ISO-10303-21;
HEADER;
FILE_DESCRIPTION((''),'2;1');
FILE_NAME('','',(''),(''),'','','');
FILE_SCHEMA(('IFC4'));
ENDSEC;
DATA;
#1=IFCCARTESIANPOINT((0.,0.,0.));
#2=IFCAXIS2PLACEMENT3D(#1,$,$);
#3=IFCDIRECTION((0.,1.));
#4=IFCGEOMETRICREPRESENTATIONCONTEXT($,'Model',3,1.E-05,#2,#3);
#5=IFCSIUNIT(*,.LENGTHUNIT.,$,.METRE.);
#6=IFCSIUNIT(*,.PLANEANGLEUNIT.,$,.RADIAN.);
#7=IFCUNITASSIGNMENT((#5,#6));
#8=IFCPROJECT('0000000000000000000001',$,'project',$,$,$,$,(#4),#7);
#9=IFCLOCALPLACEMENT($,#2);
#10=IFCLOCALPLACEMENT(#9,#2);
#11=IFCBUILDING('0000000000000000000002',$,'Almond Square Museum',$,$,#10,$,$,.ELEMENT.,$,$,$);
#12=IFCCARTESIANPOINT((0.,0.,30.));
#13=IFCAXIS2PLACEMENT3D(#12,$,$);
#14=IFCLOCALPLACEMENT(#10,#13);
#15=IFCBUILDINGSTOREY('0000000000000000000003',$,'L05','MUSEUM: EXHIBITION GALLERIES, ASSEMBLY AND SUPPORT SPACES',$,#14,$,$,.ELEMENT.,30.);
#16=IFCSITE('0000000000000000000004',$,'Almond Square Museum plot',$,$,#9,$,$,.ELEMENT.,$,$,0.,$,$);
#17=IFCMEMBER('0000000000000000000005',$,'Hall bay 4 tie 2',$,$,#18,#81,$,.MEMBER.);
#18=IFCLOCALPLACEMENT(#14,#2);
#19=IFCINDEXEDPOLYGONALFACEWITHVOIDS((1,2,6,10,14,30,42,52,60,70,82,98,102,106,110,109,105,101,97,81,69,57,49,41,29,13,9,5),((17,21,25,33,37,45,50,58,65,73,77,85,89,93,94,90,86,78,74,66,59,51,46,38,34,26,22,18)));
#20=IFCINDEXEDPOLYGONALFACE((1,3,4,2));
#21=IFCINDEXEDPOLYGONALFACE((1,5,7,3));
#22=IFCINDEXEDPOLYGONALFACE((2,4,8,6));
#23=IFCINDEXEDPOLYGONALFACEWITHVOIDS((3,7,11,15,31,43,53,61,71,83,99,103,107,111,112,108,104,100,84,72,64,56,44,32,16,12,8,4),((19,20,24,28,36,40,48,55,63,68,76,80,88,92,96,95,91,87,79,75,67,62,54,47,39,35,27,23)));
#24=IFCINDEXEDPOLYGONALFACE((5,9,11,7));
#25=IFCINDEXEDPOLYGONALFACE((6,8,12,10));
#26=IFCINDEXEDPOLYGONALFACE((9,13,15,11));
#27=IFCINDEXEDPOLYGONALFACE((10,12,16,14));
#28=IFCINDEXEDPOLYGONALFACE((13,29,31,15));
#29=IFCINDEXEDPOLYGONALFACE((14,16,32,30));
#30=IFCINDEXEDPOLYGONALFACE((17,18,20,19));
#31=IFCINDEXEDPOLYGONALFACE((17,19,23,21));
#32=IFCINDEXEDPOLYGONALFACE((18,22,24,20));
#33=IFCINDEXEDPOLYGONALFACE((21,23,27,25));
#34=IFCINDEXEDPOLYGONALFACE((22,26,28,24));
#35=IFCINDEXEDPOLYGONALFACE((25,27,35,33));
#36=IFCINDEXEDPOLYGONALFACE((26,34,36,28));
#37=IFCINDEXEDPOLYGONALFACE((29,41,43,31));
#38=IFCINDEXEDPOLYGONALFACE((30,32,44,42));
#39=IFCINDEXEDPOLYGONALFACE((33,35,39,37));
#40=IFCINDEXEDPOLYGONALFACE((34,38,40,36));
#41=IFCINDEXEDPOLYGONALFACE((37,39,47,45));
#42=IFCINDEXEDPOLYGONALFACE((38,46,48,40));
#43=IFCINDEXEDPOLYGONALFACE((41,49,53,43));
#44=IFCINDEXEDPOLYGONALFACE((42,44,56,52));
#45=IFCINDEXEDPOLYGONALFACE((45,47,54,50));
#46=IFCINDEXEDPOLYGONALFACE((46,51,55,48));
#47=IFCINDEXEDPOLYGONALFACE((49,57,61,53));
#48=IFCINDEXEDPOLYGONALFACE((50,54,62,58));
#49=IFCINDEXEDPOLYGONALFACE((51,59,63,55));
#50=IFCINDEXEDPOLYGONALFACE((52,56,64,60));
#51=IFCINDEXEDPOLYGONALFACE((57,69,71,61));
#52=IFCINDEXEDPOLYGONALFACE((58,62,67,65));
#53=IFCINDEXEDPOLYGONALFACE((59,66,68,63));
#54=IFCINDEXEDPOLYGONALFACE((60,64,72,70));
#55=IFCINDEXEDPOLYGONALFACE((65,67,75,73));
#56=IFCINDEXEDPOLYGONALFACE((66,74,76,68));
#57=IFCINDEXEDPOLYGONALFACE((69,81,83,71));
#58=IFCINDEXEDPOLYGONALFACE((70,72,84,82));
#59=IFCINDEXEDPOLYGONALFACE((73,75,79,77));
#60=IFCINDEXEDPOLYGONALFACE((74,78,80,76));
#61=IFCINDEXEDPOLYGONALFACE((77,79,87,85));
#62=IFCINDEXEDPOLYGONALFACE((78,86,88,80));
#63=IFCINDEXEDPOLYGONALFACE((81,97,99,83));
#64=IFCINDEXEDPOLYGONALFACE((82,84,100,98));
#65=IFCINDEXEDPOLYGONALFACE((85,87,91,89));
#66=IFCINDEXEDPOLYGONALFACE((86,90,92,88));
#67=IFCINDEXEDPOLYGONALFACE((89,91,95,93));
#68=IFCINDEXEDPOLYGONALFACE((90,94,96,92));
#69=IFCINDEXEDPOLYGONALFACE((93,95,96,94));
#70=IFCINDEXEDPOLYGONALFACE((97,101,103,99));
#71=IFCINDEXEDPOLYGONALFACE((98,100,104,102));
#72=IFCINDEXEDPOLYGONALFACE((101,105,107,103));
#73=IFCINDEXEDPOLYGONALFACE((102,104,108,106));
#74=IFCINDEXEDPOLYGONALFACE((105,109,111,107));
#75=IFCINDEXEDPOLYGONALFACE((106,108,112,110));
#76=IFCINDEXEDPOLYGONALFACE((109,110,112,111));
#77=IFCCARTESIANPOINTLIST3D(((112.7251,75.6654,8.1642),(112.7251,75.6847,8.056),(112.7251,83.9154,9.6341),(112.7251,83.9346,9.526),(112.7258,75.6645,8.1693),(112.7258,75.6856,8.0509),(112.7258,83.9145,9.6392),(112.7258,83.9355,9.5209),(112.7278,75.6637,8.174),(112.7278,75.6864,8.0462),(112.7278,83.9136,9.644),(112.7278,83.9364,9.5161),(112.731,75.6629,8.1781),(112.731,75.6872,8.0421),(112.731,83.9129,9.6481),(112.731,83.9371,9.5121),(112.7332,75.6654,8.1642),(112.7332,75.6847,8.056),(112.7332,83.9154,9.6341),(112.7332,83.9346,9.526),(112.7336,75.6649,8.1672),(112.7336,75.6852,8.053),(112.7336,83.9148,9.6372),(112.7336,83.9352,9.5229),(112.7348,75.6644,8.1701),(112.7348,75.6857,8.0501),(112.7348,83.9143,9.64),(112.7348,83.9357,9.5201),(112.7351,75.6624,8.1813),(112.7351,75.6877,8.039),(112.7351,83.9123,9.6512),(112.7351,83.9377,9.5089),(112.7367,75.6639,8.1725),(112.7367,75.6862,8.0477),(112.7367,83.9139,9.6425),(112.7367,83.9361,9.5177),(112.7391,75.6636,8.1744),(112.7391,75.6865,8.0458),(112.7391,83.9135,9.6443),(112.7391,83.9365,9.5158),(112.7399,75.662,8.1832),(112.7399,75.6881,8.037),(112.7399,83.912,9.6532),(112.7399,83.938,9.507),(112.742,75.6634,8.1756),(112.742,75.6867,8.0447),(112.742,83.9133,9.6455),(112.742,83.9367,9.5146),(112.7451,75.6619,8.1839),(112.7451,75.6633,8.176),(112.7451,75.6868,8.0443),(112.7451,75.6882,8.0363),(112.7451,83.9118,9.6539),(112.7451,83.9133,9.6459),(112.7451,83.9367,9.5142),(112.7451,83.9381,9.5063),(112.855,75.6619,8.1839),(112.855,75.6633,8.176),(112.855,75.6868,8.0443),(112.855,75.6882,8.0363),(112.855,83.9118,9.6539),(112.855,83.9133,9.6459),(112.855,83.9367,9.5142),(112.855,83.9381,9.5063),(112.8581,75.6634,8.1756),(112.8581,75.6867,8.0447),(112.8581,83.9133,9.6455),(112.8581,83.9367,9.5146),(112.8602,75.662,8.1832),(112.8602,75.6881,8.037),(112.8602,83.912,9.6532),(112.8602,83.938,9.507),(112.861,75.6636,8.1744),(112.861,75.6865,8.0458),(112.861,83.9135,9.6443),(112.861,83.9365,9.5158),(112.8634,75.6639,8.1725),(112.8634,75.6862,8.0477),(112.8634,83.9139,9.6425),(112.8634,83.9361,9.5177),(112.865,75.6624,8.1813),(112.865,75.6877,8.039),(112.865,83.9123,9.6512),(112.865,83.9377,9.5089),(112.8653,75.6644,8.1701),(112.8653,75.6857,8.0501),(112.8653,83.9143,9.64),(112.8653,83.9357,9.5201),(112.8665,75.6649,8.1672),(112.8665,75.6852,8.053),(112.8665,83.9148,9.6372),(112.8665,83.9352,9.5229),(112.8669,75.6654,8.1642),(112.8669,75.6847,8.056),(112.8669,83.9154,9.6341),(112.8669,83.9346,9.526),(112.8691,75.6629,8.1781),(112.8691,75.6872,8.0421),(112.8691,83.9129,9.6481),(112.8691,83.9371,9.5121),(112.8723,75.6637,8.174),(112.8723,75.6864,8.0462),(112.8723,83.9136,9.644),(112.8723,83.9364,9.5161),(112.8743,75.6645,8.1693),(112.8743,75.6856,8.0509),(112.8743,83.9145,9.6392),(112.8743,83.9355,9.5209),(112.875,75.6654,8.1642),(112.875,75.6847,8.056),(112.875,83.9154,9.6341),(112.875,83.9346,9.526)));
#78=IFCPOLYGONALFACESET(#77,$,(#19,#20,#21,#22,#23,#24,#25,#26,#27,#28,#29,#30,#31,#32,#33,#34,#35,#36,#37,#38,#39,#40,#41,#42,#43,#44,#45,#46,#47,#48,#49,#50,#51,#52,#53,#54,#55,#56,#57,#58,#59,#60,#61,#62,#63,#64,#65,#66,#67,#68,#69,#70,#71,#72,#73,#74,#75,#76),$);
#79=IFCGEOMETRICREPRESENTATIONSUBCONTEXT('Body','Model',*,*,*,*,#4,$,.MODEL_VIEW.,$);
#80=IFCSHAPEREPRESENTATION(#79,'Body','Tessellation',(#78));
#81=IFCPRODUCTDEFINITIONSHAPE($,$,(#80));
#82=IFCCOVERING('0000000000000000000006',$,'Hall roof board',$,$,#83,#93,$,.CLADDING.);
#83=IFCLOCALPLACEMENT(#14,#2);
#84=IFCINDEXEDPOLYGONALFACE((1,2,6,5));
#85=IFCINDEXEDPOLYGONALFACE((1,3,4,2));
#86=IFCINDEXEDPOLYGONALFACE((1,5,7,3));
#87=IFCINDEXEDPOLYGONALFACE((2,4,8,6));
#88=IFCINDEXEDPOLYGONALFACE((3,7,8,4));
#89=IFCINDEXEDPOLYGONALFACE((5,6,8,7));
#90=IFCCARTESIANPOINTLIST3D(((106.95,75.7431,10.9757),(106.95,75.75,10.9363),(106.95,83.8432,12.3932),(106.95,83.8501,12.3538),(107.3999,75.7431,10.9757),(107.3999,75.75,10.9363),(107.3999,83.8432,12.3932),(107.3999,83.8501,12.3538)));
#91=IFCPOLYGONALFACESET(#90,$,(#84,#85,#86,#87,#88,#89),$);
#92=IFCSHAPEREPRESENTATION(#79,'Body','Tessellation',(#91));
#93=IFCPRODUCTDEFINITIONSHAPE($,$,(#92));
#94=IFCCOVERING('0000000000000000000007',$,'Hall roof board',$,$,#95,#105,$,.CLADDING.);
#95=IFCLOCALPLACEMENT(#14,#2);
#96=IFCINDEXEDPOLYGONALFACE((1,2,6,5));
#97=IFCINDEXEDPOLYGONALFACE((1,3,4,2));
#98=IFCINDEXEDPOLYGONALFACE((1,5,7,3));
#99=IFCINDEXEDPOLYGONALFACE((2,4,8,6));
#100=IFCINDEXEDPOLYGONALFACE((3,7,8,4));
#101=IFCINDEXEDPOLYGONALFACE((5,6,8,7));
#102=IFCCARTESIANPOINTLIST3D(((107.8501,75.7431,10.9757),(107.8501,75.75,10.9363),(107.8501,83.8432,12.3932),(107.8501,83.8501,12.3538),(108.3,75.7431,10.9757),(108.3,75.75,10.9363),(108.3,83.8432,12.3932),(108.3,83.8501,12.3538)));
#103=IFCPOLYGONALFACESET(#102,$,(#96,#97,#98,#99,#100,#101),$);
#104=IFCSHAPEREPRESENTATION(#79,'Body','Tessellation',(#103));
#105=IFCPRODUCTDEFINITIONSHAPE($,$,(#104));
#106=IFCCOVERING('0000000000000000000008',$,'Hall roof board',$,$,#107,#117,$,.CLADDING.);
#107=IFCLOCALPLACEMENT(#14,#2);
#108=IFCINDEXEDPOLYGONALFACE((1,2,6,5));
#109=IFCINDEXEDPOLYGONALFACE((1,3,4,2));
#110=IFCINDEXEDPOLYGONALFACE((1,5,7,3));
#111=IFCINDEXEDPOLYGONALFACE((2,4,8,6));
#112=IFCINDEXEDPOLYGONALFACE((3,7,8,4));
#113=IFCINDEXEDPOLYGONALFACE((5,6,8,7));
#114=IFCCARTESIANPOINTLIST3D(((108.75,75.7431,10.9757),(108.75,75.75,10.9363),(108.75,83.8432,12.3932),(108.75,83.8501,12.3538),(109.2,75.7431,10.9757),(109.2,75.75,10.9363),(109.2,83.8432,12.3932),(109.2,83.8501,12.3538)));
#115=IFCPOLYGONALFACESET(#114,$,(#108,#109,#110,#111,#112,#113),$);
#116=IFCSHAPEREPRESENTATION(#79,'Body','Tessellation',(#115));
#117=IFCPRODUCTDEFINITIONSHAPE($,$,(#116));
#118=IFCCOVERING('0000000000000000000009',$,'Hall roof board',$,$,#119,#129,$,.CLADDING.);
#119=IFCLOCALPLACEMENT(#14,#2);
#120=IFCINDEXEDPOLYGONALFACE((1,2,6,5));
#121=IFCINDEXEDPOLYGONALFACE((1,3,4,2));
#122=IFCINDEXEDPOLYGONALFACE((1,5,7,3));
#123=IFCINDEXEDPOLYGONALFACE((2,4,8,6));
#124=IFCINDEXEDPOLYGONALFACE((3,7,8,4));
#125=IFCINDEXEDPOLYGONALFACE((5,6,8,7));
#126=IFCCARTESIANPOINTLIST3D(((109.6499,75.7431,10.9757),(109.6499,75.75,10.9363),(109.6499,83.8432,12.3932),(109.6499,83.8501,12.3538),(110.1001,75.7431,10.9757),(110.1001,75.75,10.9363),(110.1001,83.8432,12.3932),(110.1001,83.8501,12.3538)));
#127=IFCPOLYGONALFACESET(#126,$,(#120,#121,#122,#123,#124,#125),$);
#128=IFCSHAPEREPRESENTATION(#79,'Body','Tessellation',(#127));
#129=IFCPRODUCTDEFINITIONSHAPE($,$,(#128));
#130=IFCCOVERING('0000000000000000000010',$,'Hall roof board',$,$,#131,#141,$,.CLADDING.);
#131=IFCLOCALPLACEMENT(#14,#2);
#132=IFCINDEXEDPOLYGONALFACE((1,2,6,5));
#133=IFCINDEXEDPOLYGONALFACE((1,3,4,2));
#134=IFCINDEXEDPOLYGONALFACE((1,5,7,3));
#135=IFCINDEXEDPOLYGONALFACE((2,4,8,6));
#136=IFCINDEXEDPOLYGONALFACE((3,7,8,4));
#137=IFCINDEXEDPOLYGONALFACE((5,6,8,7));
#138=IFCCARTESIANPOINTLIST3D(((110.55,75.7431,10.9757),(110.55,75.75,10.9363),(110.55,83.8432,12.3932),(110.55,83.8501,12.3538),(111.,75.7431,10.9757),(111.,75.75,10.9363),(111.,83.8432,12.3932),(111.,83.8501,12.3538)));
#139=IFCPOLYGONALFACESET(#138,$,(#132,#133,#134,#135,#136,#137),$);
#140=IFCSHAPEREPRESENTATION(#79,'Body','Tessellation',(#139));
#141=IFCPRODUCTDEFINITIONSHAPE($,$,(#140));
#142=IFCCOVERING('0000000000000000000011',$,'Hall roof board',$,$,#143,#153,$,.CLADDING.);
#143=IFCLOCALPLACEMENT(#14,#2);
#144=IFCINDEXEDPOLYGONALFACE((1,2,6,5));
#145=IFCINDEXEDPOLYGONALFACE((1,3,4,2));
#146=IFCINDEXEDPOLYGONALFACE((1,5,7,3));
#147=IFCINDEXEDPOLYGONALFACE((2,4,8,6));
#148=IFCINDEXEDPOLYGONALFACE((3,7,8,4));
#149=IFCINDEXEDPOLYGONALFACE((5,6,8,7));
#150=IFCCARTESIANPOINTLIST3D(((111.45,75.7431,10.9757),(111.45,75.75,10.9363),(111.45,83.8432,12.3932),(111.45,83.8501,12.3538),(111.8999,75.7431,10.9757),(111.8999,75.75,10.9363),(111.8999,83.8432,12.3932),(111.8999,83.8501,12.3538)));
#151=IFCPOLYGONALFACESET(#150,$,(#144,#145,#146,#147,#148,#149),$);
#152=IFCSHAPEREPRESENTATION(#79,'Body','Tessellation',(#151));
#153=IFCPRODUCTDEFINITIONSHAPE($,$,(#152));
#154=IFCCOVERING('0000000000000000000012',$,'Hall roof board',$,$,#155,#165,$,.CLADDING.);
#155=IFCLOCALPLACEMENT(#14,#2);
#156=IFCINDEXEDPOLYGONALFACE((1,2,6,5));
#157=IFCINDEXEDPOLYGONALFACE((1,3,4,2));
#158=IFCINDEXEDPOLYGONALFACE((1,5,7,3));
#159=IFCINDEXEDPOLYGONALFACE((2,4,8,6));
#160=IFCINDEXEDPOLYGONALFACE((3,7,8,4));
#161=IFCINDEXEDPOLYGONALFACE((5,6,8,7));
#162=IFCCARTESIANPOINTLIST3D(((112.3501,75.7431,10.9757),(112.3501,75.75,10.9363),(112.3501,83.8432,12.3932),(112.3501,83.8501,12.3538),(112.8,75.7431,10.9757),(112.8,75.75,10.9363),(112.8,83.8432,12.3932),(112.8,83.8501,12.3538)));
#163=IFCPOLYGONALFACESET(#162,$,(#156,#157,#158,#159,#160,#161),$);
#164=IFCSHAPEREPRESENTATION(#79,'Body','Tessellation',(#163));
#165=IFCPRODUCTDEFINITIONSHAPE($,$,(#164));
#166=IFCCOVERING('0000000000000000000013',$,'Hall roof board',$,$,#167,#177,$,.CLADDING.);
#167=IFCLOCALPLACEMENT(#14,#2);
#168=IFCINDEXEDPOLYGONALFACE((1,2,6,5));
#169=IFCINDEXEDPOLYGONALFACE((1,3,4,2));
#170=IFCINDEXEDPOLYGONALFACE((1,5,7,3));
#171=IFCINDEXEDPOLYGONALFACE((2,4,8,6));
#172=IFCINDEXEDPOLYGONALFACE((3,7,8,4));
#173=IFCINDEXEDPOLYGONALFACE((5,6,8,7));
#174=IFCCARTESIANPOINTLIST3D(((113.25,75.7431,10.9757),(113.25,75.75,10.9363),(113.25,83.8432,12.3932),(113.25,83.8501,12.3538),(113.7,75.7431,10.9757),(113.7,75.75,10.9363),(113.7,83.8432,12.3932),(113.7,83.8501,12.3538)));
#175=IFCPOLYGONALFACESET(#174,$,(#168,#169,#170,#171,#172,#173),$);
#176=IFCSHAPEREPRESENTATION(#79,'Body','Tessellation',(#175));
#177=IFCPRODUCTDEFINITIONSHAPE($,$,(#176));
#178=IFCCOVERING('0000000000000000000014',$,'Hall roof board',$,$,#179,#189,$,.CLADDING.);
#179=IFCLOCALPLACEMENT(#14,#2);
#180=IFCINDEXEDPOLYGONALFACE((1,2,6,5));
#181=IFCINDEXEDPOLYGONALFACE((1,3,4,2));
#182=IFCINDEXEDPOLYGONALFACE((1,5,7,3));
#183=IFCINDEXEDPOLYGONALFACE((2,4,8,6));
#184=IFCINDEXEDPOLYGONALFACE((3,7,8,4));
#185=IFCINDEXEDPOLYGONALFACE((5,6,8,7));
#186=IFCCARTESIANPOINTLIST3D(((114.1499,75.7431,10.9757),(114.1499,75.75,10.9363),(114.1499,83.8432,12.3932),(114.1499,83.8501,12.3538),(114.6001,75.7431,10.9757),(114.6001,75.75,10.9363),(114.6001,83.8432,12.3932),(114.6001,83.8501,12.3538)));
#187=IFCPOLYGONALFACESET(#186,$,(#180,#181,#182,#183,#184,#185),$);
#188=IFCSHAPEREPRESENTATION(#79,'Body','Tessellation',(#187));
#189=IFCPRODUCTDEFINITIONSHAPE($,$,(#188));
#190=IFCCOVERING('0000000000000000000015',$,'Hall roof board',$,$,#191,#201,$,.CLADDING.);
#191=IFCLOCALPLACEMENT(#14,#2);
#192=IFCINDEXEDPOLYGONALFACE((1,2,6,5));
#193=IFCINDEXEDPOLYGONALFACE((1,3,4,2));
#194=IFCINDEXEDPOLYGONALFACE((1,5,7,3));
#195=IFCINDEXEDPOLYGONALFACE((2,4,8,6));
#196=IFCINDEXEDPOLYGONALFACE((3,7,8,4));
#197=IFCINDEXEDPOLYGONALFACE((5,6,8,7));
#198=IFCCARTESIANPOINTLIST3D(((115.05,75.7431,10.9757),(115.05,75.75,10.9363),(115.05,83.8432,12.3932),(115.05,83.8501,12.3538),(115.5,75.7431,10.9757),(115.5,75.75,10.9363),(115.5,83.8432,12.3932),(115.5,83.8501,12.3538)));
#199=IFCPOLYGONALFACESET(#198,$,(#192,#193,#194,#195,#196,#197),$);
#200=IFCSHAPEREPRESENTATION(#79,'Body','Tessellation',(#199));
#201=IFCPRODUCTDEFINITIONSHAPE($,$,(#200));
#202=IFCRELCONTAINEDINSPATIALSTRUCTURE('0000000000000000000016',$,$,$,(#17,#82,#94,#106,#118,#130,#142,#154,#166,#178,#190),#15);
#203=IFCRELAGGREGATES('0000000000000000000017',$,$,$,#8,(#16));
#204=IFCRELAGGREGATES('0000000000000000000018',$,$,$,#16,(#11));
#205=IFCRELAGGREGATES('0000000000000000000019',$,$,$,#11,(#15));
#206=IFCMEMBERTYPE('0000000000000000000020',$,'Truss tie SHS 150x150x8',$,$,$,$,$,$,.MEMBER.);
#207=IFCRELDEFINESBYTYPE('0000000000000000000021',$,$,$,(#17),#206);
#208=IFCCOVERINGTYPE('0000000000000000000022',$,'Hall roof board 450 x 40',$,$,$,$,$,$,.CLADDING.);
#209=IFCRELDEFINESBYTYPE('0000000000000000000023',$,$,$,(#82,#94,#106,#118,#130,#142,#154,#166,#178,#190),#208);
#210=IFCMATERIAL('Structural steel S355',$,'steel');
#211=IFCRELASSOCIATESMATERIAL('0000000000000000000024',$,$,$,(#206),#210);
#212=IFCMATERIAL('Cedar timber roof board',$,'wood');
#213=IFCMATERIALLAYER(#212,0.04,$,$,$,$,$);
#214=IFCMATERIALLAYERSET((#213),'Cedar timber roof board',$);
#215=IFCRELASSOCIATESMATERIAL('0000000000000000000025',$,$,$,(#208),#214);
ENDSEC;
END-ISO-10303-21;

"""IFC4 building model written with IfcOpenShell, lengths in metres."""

from ifc_helpers import new_model, si_unit, direction, frame, origin, origin_2d, place, context, subcontext, project, spatial, polyline, hollow_rectangle, outline, extrude, material, layer, layer_set, material_profile, profile_set, type_object, element, save


model = new_model("IFC4")

# Units and contexts
model_context = context("Model", 3, precision=1e-05, world=origin(), true_north=direction((0.0, 1.0)))
body_context = subcontext(model_context, "Body", "Model", "MODEL_VIEW")
ifc_project = project(units=[si_unit("LENGTHUNIT", "METRE"), si_unit("PLANEANGLEUNIT", "RADIAN")], contexts=[model_context])

# Site, building, storey
site_placement = place(None, origin())
site = spatial("IfcSite", under=ifc_project, at=site_placement, Name="Almond Square Museum plot", CompositionType="ELEMENT", RefElevation=0.0)
building_placement = place(site_placement, origin())
building = spatial("IfcBuilding", under=site, at=building_placement, Name="Almond Square Museum", CompositionType="ELEMENT")
storey_placement = place(building_placement, frame((0.0, 0.0, 30.0)))
storey = spatial("IfcBuildingStorey", under=building, at=storey_placement, Name="L05", Description="MUSEUM: EXHIBITION GALLERIES, ASSEMBLY AND SUPPORT SPACES", CompositionType="ELEMENT", Elevation=30.0)

# Member
ifc_material_1 = material(Name="Structural steel S355", Category="steel")
ifc_material_profile_1 = material_profile(ifc_material_1, hollow_rectangle(XDim=0.1499, YDim=0.1499, WallThickness=0.0081, InnerFilletRadius=0.012, OuterFilletRadius=0.02, at=origin_2d()))
ifc_profile_set_1 = profile_set([ifc_material_profile_1], Name="Structural steel S355")
member_type_1 = type_object("IfcMemberType", Name="Truss tie SHS 150x150x8", PredefinedType="MEMBER", material=ifc_profile_set_1)
member_placement = place(storey_placement, frame((112.8, 75.675, 8.1101), z_axis=(0.0, 0.984494, 0.175416), x_axis=(-1.0, 0.0, 0.0)))
element("IfcMember", 1, at=member_placement, inside=storey, type_object=member_type_1, Name="Hall bay 4 tie 2", PredefinedType="MEMBER", context=body_context, shape_type="SweptSolid", body=[
    extrude(hollow_rectangle(XDim=0.1499, YDim=0.1499, WallThickness=0.0081, InnerFilletRadius=0.012, OuterFilletRadius=0.02, at=origin_2d()), origin(), (0.0, 0.0, 1.0), 8.3799),
])

# Coverings
ifc_material_2 = material(Name="Cedar timber roof board", Category="wood")
ifc_layer_1 = layer(ifc_material_2, 0.04)
ifc_layer_set_1 = layer_set([ifc_layer_1], Name="Cedar timber roof board")
covering_type = type_object("IfcCoveringType", Name="Hall roof board 450 x 40", PredefinedType="CLADDING", material=ifc_layer_set_1)
for number, where, z_axis, x_axis, name in (
    (2, (107.3999, 83.8501, 12.3538), (0.0, -0.172376, 0.985031), (-1.0, 0.0, 0.0), "Hall roof board"),
    (3, (108.3, 83.8501, 12.3538), (0.0, -0.172376, 0.985031), (-1.0, 0.0, 0.0), "Hall roof board"),
    (4, (109.2, 83.8501, 12.3538), (0.0, -0.172376, 0.985031), (-1.0, 0.0, 0.0), "Hall roof board"),
):
    element("IfcCovering", number, at=place(storey_placement, frame(where, z_axis=z_axis, x_axis=x_axis)), inside=storey, type_object=covering_type, Name=name, PredefinedType="CLADDING", context=body_context, shape_type="SweptSolid", body=[
        extrude(outline(polyline([(0.0, 0.0), (0.45, 0.0), (0.45, 8.2232), (0.0, 8.2232), (0.0, 0.0)])), origin(), (0.0, 0.0, 1.0), 0.04),
    ])
covering_1_placement = place(storey_placement, frame((110.1001, 83.8501, 12.3538), z_axis=(0.0, -0.172376, 0.985031), x_axis=(-1.0, 0.0, 0.0)))
element("IfcCovering", 5, at=covering_1_placement, inside=storey, type_object=covering_type, Name="Hall roof board", PredefinedType="CLADDING", context=body_context, shape_type="SweptSolid", body=[
    extrude(outline(polyline([(0.0, 0.0), (0.4502, 0.0), (0.4502, 8.2232), (0.0, 8.2232), (0.0, 0.0)])), origin(), (0.0, 0.0, 1.0), 0.04),
])
for number, where, z_axis, x_axis, name in (
    (6, (111.0, 83.8501, 12.3538), (0.0, -0.172376, 0.985031), (-1.0, 0.0, 0.0), "Hall roof board"),
    (7, (111.8999, 83.8501, 12.3538), (0.0, -0.172376, 0.985031), (-1.0, 0.0, 0.0), "Hall roof board"),
    (8, (112.8, 83.8501, 12.3538), (0.0, -0.172376, 0.985031), (-1.0, 0.0, 0.0), "Hall roof board"),
    (9, (113.7, 83.8501, 12.3538), (0.0, -0.172376, 0.985031), (-1.0, 0.0, 0.0), "Hall roof board"),
):
    element("IfcCovering", number, at=place(storey_placement, frame(where, z_axis=z_axis, x_axis=x_axis)), inside=storey, type_object=covering_type, Name=name, PredefinedType="CLADDING", context=body_context, shape_type="SweptSolid", body=[
        extrude(outline(polyline([(0.0, 0.0), (0.45, 0.0), (0.45, 8.2232), (0.0, 8.2232), (0.0, 0.0)])), origin(), (0.0, 0.0, 1.0), 0.04),
    ])
covering_2_placement = place(storey_placement, frame((114.6001, 83.8501, 12.3538), z_axis=(0.0, -0.172376, 0.985031), x_axis=(-1.0, 0.0, 0.0)))
element("IfcCovering", 10, at=covering_2_placement, inside=storey, type_object=covering_type, Name="Hall roof board", PredefinedType="CLADDING", context=body_context, shape_type="SweptSolid", body=[
    extrude(outline(polyline([(0.0, 0.0), (0.4502, 0.0), (0.4502, 8.2232), (0.0, 8.2232), (0.0, 0.0)])), origin(), (0.0, 0.0, 1.0), 0.04),
])
covering_3_placement = place(storey_placement, frame((115.5, 83.8501, 12.3538), z_axis=(0.0, -0.172376, 0.985031), x_axis=(-1.0, 0.0, 0.0)))
element("IfcCovering", 11, at=covering_3_placement, inside=storey, type_object=covering_type, Name="Hall roof board", PredefinedType="CLADDING", context=body_context, shape_type="SweptSolid", body=[
    extrude(outline(polyline([(0.0, 0.0), (0.45, 0.0), (0.45, 8.2232), (0.0, 8.2232), (0.0, 0.0)])), origin(), (0.0, 0.0, 1.0), 0.04),
])

save(model, "model.ifc")
